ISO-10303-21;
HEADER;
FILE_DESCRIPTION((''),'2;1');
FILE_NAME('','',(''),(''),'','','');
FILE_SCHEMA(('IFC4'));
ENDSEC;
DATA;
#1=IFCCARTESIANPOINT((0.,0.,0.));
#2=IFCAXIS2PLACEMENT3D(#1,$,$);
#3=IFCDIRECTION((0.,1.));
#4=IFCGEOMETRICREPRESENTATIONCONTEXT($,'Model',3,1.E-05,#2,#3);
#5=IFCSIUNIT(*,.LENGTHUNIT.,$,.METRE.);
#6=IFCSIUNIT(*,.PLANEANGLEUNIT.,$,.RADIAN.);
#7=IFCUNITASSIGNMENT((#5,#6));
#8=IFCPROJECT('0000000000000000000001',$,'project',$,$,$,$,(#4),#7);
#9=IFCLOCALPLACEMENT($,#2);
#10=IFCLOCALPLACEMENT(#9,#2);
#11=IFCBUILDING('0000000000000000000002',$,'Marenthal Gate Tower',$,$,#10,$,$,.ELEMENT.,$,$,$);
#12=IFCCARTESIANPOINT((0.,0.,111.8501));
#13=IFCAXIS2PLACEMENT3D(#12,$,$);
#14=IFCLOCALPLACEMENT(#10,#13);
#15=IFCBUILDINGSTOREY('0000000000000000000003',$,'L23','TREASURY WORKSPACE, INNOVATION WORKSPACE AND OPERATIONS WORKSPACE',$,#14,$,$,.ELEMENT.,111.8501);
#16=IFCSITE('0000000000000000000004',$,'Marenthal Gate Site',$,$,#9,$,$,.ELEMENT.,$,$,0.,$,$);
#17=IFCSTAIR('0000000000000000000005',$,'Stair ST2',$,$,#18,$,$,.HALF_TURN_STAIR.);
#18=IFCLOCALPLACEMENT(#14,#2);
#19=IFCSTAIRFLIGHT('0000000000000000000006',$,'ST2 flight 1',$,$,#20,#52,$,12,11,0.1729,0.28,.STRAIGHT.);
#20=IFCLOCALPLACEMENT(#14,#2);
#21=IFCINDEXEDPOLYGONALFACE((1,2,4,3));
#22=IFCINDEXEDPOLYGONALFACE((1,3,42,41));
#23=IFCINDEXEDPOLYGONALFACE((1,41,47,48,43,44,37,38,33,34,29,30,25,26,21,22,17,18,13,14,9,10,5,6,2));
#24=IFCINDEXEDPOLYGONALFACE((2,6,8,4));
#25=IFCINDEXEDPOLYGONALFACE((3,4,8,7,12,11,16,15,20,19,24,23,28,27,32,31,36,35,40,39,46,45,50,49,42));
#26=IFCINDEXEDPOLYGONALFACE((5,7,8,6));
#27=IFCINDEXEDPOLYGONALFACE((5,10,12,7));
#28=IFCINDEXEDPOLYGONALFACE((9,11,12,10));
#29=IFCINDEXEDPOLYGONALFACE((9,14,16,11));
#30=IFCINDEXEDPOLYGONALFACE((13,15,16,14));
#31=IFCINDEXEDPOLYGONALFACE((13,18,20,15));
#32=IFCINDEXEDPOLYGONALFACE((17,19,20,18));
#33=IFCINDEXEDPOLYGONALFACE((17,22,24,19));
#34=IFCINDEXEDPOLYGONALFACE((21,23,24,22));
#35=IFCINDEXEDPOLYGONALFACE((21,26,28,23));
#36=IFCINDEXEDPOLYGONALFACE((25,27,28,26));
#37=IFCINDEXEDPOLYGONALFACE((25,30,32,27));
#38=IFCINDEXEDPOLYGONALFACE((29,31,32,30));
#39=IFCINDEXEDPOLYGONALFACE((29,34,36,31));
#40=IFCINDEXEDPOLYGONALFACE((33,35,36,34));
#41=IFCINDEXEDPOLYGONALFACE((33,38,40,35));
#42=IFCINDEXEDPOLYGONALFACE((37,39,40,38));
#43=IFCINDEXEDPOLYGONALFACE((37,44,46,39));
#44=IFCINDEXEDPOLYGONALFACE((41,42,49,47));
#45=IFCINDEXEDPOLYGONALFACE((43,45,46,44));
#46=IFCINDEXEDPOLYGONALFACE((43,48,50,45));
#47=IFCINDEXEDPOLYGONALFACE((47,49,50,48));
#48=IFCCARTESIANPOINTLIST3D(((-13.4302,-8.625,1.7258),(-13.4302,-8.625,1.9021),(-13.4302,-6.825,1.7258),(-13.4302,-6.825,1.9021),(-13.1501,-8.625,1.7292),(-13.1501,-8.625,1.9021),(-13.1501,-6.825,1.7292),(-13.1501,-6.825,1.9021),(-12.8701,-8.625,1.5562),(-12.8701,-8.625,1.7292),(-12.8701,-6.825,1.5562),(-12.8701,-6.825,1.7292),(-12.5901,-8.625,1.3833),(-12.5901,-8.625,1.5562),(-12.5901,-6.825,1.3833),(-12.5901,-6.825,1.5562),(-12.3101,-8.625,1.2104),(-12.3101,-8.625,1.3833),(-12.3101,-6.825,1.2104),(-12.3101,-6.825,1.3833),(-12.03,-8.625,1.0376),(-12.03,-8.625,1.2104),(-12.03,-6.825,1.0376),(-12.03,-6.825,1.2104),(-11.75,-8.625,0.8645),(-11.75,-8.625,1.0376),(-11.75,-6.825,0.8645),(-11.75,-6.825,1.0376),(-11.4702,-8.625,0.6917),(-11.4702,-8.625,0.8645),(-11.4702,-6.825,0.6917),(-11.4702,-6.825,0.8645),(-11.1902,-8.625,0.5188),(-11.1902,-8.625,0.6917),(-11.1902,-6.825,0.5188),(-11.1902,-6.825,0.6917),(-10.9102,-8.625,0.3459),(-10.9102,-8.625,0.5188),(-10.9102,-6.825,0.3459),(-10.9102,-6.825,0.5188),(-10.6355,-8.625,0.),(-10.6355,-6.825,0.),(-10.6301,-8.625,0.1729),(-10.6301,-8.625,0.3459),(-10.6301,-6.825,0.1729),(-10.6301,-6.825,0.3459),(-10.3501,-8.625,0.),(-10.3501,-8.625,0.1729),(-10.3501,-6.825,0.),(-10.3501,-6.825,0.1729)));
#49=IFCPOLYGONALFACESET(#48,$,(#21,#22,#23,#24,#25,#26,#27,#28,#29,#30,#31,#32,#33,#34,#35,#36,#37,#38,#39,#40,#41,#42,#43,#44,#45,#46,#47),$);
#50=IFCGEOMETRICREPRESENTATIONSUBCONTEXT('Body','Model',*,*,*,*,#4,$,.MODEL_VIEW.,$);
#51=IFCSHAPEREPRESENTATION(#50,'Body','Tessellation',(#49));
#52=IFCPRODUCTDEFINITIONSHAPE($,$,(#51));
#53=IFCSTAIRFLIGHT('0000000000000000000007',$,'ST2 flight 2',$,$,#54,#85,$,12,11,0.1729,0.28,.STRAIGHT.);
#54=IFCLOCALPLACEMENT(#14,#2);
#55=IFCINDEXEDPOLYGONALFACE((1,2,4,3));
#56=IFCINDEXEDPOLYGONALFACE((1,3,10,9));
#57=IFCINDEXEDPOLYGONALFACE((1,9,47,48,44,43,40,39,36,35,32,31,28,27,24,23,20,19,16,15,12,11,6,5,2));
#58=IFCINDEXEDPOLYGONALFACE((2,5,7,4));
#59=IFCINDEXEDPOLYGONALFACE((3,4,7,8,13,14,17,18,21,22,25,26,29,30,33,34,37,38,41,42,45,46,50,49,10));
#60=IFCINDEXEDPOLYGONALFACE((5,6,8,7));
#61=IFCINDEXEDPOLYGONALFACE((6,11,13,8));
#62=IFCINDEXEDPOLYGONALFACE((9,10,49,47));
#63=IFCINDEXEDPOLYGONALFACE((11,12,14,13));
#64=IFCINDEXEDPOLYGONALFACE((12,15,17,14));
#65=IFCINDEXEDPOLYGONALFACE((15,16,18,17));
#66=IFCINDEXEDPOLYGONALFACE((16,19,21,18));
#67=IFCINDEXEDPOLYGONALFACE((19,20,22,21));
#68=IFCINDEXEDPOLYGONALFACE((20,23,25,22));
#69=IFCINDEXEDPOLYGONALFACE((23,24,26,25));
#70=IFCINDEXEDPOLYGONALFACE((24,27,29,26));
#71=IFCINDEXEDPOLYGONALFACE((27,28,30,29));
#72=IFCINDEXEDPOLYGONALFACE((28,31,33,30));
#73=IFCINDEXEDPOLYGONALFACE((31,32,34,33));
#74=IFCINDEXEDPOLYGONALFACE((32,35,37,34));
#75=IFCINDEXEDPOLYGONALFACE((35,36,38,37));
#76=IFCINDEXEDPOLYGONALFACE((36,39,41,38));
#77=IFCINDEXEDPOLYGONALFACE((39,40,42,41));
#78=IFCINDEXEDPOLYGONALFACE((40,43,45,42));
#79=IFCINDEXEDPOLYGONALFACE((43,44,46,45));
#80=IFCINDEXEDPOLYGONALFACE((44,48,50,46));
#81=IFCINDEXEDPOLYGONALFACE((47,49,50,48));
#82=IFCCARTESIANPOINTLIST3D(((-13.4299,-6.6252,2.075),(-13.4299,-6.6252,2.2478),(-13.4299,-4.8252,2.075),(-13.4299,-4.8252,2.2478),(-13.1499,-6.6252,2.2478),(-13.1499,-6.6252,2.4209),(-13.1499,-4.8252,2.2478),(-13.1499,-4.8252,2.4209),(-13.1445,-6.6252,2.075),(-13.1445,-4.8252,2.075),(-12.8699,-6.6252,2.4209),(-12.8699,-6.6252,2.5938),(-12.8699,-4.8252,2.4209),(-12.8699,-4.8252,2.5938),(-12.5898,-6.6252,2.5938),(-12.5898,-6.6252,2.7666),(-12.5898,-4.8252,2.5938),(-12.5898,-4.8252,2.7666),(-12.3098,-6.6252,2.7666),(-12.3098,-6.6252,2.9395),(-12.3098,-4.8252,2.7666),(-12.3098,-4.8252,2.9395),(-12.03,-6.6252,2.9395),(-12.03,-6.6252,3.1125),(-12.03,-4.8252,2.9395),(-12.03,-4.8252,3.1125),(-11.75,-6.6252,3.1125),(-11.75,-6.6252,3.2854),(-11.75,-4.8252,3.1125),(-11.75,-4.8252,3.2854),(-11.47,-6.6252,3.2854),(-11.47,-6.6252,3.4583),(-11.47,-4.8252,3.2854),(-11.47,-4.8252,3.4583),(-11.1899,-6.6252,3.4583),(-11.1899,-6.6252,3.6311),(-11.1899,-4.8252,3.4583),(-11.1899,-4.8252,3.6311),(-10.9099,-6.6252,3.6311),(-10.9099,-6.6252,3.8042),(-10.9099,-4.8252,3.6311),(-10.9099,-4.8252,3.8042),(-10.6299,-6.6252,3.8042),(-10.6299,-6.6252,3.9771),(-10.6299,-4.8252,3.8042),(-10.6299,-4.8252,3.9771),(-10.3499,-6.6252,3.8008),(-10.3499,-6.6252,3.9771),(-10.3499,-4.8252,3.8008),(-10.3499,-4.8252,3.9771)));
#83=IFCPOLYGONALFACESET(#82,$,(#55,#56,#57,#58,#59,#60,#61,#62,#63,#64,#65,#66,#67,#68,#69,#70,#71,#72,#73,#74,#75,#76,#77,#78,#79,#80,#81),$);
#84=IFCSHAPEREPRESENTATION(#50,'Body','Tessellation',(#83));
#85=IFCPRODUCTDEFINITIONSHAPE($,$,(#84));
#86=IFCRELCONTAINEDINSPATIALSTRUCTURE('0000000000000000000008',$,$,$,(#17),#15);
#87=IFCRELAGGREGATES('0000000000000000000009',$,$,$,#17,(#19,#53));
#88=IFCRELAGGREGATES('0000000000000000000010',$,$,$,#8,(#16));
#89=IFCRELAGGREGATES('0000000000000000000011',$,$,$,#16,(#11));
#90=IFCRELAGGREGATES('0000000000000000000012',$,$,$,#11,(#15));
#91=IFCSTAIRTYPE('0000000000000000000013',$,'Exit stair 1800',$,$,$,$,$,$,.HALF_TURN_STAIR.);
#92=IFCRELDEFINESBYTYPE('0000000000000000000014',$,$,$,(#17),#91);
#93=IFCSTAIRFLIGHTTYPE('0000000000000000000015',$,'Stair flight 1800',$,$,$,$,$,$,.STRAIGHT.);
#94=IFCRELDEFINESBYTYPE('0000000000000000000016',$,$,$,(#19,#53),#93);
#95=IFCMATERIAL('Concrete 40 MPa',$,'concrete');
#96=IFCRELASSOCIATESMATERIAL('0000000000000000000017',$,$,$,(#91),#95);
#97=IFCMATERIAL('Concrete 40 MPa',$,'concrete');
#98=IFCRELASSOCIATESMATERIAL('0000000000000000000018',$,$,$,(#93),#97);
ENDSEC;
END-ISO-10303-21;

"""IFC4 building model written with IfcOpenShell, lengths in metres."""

from ifc_helpers import new_model, si_unit, direction, frame, origin, place, context, subcontext, project, spatial, polyline, outline, extrude, material, type_object, element, aggregate, save


model = new_model("IFC4")

# Units and contexts
model_context = context("Model", 3, precision=1e-05, world=origin(), true_north=direction((0.0, 1.0)))
body_context = subcontext(model_context, "Body", "Model", "MODEL_VIEW")
ifc_project = project(units=[si_unit("LENGTHUNIT", "METRE"), si_unit("PLANEANGLEUNIT", "RADIAN")], contexts=[model_context])

# Site, building, storey
site_placement = place(None, origin())
site = spatial("IfcSite", under=ifc_project, at=site_placement, Name="Marenthal Gate Site", CompositionType="ELEMENT", RefElevation=0.0)
building_placement = place(site_placement, origin())
building = spatial("IfcBuilding", under=site, at=building_placement, Name="Marenthal Gate Tower", CompositionType="ELEMENT")
storey_placement = place(building_placement, frame((0.0, 0.0, 111.8501)))
storey = spatial("IfcBuildingStorey", under=building, at=storey_placement, Name="L23", Description="TREASURY WORKSPACE, INNOVATION WORKSPACE AND OPERATIONS WORKSPACE", CompositionType="ELEMENT", Elevation=111.8501)

# Stair, stair flights
ifc_material_1 = material(Name="Concrete 40 MPa", Category="concrete")
stair_type = type_object("IfcStairType", Name="Exit stair 1800", PredefinedType="HALF_TURN_STAIR", material=ifc_material_1)
stair_placement = place(storey_placement, origin())
stair = element("IfcStair", 1, at=stair_placement, inside=storey, type_object=stair_type, Name="Stair ST2", PredefinedType="HALF_TURN_STAIR")
ifc_material_2 = material(Name="Concrete 40 MPa", Category="concrete")
stair_flight_type = type_object("IfcStairFlightType", Name="Stair flight 1800", PredefinedType="STRAIGHT", material=ifc_material_2)
stair_flight_1_placement = place(storey_placement, frame((-10.3501, -7.7251, 0.0), z_axis=(0.0, 0.0, 1.0), x_axis=(-1.0, 0.0, 0.0)))
stair_flight_1 = element("IfcStairFlight", 2, at=stair_flight_1_placement, type_object=stair_flight_type, Name="ST2 flight 1", NumberOfRisers=12, NumberOfTreads=11, PredefinedType="STRAIGHT", RiserHeight=0.1729, TreadLength=0.28, context=body_context, shape_type="SweptSolid", body=[
    extrude(outline(polyline([(0.0, 0.0), (0.0, 0.1729), (0.28, 0.1729), (0.28, 0.3459), (0.5601, 0.3459), (0.5601, 0.5188), (0.8401, 0.5188), (0.8401, 0.6917), (1.1201, 0.6917), (1.1201, 0.8645), (1.3999, 0.8645), (1.3999, 1.0376), (1.6799, 1.0376), (1.6799, 1.2104), (1.96, 1.2104), (1.96, 1.3833), (2.24, 1.3833), (2.24, 1.5562), (2.52, 1.5562), (2.52, 1.7292), (2.8, 1.7292), (2.8, 1.9021), (3.0801, 1.9021), (3.0801, 2.075), (3.0801, 1.7258), (0.2854, 0.0), (0.0, 0.0)])), frame((0.0, 0.8999, 0.0), z_axis=(0.0, -1.0, 0.0), x_axis=(1.0, 0.0, 0.0)), (0.0, 0.0, 1.0), 1.8),
])
stair_flight_2_placement = place(storey_placement, frame((-13.4299, -5.7251, 2.075), z_axis=(0.0, 0.0, 1.0), x_axis=(1.0, 0.0, 0.0)))
stair_flight_2 = element("IfcStairFlight", 3, at=stair_flight_2_placement, type_object=stair_flight_type, Name="ST2 flight 2", NumberOfRisers=12, NumberOfTreads=11, PredefinedType="STRAIGHT", RiserHeight=0.1729, TreadLength=0.28, context=body_context, shape_type="SweptSolid", body=[
    extrude(outline(polyline([(0.0, 0.0), (0.0, 0.1729), (0.28, 0.1729), (0.28, 0.3459), (0.5601, 0.3459), (0.5601, 0.5188), (0.8401, 0.5188), (0.8401, 0.6917), (1.1201, 0.6917), (1.1201, 0.8645), (1.3999, 0.8645), (1.3999, 1.0376), (1.6799, 1.0376), (1.6799, 1.2104), (1.96, 1.2104), (1.96, 1.3833), (2.24, 1.3833), (2.24, 1.5562), (2.52, 1.5562), (2.52, 1.7292), (2.8, 1.7292), (2.8, 1.9021), (3.0801, 1.9021), (3.0801, 2.075), (3.0801, 1.7258), (0.2854, 0.0), (0.0, 0.0)])), frame((0.0, 0.8999, 0.0), z_axis=(0.0, -1.0, 0.0), x_axis=(1.0, 0.0, 0.0)), (0.0, 0.0, 1.0), 1.8),
])
aggregate(stair, [stair_flight_1, stair_flight_2])

save(model, "model.ifc")
